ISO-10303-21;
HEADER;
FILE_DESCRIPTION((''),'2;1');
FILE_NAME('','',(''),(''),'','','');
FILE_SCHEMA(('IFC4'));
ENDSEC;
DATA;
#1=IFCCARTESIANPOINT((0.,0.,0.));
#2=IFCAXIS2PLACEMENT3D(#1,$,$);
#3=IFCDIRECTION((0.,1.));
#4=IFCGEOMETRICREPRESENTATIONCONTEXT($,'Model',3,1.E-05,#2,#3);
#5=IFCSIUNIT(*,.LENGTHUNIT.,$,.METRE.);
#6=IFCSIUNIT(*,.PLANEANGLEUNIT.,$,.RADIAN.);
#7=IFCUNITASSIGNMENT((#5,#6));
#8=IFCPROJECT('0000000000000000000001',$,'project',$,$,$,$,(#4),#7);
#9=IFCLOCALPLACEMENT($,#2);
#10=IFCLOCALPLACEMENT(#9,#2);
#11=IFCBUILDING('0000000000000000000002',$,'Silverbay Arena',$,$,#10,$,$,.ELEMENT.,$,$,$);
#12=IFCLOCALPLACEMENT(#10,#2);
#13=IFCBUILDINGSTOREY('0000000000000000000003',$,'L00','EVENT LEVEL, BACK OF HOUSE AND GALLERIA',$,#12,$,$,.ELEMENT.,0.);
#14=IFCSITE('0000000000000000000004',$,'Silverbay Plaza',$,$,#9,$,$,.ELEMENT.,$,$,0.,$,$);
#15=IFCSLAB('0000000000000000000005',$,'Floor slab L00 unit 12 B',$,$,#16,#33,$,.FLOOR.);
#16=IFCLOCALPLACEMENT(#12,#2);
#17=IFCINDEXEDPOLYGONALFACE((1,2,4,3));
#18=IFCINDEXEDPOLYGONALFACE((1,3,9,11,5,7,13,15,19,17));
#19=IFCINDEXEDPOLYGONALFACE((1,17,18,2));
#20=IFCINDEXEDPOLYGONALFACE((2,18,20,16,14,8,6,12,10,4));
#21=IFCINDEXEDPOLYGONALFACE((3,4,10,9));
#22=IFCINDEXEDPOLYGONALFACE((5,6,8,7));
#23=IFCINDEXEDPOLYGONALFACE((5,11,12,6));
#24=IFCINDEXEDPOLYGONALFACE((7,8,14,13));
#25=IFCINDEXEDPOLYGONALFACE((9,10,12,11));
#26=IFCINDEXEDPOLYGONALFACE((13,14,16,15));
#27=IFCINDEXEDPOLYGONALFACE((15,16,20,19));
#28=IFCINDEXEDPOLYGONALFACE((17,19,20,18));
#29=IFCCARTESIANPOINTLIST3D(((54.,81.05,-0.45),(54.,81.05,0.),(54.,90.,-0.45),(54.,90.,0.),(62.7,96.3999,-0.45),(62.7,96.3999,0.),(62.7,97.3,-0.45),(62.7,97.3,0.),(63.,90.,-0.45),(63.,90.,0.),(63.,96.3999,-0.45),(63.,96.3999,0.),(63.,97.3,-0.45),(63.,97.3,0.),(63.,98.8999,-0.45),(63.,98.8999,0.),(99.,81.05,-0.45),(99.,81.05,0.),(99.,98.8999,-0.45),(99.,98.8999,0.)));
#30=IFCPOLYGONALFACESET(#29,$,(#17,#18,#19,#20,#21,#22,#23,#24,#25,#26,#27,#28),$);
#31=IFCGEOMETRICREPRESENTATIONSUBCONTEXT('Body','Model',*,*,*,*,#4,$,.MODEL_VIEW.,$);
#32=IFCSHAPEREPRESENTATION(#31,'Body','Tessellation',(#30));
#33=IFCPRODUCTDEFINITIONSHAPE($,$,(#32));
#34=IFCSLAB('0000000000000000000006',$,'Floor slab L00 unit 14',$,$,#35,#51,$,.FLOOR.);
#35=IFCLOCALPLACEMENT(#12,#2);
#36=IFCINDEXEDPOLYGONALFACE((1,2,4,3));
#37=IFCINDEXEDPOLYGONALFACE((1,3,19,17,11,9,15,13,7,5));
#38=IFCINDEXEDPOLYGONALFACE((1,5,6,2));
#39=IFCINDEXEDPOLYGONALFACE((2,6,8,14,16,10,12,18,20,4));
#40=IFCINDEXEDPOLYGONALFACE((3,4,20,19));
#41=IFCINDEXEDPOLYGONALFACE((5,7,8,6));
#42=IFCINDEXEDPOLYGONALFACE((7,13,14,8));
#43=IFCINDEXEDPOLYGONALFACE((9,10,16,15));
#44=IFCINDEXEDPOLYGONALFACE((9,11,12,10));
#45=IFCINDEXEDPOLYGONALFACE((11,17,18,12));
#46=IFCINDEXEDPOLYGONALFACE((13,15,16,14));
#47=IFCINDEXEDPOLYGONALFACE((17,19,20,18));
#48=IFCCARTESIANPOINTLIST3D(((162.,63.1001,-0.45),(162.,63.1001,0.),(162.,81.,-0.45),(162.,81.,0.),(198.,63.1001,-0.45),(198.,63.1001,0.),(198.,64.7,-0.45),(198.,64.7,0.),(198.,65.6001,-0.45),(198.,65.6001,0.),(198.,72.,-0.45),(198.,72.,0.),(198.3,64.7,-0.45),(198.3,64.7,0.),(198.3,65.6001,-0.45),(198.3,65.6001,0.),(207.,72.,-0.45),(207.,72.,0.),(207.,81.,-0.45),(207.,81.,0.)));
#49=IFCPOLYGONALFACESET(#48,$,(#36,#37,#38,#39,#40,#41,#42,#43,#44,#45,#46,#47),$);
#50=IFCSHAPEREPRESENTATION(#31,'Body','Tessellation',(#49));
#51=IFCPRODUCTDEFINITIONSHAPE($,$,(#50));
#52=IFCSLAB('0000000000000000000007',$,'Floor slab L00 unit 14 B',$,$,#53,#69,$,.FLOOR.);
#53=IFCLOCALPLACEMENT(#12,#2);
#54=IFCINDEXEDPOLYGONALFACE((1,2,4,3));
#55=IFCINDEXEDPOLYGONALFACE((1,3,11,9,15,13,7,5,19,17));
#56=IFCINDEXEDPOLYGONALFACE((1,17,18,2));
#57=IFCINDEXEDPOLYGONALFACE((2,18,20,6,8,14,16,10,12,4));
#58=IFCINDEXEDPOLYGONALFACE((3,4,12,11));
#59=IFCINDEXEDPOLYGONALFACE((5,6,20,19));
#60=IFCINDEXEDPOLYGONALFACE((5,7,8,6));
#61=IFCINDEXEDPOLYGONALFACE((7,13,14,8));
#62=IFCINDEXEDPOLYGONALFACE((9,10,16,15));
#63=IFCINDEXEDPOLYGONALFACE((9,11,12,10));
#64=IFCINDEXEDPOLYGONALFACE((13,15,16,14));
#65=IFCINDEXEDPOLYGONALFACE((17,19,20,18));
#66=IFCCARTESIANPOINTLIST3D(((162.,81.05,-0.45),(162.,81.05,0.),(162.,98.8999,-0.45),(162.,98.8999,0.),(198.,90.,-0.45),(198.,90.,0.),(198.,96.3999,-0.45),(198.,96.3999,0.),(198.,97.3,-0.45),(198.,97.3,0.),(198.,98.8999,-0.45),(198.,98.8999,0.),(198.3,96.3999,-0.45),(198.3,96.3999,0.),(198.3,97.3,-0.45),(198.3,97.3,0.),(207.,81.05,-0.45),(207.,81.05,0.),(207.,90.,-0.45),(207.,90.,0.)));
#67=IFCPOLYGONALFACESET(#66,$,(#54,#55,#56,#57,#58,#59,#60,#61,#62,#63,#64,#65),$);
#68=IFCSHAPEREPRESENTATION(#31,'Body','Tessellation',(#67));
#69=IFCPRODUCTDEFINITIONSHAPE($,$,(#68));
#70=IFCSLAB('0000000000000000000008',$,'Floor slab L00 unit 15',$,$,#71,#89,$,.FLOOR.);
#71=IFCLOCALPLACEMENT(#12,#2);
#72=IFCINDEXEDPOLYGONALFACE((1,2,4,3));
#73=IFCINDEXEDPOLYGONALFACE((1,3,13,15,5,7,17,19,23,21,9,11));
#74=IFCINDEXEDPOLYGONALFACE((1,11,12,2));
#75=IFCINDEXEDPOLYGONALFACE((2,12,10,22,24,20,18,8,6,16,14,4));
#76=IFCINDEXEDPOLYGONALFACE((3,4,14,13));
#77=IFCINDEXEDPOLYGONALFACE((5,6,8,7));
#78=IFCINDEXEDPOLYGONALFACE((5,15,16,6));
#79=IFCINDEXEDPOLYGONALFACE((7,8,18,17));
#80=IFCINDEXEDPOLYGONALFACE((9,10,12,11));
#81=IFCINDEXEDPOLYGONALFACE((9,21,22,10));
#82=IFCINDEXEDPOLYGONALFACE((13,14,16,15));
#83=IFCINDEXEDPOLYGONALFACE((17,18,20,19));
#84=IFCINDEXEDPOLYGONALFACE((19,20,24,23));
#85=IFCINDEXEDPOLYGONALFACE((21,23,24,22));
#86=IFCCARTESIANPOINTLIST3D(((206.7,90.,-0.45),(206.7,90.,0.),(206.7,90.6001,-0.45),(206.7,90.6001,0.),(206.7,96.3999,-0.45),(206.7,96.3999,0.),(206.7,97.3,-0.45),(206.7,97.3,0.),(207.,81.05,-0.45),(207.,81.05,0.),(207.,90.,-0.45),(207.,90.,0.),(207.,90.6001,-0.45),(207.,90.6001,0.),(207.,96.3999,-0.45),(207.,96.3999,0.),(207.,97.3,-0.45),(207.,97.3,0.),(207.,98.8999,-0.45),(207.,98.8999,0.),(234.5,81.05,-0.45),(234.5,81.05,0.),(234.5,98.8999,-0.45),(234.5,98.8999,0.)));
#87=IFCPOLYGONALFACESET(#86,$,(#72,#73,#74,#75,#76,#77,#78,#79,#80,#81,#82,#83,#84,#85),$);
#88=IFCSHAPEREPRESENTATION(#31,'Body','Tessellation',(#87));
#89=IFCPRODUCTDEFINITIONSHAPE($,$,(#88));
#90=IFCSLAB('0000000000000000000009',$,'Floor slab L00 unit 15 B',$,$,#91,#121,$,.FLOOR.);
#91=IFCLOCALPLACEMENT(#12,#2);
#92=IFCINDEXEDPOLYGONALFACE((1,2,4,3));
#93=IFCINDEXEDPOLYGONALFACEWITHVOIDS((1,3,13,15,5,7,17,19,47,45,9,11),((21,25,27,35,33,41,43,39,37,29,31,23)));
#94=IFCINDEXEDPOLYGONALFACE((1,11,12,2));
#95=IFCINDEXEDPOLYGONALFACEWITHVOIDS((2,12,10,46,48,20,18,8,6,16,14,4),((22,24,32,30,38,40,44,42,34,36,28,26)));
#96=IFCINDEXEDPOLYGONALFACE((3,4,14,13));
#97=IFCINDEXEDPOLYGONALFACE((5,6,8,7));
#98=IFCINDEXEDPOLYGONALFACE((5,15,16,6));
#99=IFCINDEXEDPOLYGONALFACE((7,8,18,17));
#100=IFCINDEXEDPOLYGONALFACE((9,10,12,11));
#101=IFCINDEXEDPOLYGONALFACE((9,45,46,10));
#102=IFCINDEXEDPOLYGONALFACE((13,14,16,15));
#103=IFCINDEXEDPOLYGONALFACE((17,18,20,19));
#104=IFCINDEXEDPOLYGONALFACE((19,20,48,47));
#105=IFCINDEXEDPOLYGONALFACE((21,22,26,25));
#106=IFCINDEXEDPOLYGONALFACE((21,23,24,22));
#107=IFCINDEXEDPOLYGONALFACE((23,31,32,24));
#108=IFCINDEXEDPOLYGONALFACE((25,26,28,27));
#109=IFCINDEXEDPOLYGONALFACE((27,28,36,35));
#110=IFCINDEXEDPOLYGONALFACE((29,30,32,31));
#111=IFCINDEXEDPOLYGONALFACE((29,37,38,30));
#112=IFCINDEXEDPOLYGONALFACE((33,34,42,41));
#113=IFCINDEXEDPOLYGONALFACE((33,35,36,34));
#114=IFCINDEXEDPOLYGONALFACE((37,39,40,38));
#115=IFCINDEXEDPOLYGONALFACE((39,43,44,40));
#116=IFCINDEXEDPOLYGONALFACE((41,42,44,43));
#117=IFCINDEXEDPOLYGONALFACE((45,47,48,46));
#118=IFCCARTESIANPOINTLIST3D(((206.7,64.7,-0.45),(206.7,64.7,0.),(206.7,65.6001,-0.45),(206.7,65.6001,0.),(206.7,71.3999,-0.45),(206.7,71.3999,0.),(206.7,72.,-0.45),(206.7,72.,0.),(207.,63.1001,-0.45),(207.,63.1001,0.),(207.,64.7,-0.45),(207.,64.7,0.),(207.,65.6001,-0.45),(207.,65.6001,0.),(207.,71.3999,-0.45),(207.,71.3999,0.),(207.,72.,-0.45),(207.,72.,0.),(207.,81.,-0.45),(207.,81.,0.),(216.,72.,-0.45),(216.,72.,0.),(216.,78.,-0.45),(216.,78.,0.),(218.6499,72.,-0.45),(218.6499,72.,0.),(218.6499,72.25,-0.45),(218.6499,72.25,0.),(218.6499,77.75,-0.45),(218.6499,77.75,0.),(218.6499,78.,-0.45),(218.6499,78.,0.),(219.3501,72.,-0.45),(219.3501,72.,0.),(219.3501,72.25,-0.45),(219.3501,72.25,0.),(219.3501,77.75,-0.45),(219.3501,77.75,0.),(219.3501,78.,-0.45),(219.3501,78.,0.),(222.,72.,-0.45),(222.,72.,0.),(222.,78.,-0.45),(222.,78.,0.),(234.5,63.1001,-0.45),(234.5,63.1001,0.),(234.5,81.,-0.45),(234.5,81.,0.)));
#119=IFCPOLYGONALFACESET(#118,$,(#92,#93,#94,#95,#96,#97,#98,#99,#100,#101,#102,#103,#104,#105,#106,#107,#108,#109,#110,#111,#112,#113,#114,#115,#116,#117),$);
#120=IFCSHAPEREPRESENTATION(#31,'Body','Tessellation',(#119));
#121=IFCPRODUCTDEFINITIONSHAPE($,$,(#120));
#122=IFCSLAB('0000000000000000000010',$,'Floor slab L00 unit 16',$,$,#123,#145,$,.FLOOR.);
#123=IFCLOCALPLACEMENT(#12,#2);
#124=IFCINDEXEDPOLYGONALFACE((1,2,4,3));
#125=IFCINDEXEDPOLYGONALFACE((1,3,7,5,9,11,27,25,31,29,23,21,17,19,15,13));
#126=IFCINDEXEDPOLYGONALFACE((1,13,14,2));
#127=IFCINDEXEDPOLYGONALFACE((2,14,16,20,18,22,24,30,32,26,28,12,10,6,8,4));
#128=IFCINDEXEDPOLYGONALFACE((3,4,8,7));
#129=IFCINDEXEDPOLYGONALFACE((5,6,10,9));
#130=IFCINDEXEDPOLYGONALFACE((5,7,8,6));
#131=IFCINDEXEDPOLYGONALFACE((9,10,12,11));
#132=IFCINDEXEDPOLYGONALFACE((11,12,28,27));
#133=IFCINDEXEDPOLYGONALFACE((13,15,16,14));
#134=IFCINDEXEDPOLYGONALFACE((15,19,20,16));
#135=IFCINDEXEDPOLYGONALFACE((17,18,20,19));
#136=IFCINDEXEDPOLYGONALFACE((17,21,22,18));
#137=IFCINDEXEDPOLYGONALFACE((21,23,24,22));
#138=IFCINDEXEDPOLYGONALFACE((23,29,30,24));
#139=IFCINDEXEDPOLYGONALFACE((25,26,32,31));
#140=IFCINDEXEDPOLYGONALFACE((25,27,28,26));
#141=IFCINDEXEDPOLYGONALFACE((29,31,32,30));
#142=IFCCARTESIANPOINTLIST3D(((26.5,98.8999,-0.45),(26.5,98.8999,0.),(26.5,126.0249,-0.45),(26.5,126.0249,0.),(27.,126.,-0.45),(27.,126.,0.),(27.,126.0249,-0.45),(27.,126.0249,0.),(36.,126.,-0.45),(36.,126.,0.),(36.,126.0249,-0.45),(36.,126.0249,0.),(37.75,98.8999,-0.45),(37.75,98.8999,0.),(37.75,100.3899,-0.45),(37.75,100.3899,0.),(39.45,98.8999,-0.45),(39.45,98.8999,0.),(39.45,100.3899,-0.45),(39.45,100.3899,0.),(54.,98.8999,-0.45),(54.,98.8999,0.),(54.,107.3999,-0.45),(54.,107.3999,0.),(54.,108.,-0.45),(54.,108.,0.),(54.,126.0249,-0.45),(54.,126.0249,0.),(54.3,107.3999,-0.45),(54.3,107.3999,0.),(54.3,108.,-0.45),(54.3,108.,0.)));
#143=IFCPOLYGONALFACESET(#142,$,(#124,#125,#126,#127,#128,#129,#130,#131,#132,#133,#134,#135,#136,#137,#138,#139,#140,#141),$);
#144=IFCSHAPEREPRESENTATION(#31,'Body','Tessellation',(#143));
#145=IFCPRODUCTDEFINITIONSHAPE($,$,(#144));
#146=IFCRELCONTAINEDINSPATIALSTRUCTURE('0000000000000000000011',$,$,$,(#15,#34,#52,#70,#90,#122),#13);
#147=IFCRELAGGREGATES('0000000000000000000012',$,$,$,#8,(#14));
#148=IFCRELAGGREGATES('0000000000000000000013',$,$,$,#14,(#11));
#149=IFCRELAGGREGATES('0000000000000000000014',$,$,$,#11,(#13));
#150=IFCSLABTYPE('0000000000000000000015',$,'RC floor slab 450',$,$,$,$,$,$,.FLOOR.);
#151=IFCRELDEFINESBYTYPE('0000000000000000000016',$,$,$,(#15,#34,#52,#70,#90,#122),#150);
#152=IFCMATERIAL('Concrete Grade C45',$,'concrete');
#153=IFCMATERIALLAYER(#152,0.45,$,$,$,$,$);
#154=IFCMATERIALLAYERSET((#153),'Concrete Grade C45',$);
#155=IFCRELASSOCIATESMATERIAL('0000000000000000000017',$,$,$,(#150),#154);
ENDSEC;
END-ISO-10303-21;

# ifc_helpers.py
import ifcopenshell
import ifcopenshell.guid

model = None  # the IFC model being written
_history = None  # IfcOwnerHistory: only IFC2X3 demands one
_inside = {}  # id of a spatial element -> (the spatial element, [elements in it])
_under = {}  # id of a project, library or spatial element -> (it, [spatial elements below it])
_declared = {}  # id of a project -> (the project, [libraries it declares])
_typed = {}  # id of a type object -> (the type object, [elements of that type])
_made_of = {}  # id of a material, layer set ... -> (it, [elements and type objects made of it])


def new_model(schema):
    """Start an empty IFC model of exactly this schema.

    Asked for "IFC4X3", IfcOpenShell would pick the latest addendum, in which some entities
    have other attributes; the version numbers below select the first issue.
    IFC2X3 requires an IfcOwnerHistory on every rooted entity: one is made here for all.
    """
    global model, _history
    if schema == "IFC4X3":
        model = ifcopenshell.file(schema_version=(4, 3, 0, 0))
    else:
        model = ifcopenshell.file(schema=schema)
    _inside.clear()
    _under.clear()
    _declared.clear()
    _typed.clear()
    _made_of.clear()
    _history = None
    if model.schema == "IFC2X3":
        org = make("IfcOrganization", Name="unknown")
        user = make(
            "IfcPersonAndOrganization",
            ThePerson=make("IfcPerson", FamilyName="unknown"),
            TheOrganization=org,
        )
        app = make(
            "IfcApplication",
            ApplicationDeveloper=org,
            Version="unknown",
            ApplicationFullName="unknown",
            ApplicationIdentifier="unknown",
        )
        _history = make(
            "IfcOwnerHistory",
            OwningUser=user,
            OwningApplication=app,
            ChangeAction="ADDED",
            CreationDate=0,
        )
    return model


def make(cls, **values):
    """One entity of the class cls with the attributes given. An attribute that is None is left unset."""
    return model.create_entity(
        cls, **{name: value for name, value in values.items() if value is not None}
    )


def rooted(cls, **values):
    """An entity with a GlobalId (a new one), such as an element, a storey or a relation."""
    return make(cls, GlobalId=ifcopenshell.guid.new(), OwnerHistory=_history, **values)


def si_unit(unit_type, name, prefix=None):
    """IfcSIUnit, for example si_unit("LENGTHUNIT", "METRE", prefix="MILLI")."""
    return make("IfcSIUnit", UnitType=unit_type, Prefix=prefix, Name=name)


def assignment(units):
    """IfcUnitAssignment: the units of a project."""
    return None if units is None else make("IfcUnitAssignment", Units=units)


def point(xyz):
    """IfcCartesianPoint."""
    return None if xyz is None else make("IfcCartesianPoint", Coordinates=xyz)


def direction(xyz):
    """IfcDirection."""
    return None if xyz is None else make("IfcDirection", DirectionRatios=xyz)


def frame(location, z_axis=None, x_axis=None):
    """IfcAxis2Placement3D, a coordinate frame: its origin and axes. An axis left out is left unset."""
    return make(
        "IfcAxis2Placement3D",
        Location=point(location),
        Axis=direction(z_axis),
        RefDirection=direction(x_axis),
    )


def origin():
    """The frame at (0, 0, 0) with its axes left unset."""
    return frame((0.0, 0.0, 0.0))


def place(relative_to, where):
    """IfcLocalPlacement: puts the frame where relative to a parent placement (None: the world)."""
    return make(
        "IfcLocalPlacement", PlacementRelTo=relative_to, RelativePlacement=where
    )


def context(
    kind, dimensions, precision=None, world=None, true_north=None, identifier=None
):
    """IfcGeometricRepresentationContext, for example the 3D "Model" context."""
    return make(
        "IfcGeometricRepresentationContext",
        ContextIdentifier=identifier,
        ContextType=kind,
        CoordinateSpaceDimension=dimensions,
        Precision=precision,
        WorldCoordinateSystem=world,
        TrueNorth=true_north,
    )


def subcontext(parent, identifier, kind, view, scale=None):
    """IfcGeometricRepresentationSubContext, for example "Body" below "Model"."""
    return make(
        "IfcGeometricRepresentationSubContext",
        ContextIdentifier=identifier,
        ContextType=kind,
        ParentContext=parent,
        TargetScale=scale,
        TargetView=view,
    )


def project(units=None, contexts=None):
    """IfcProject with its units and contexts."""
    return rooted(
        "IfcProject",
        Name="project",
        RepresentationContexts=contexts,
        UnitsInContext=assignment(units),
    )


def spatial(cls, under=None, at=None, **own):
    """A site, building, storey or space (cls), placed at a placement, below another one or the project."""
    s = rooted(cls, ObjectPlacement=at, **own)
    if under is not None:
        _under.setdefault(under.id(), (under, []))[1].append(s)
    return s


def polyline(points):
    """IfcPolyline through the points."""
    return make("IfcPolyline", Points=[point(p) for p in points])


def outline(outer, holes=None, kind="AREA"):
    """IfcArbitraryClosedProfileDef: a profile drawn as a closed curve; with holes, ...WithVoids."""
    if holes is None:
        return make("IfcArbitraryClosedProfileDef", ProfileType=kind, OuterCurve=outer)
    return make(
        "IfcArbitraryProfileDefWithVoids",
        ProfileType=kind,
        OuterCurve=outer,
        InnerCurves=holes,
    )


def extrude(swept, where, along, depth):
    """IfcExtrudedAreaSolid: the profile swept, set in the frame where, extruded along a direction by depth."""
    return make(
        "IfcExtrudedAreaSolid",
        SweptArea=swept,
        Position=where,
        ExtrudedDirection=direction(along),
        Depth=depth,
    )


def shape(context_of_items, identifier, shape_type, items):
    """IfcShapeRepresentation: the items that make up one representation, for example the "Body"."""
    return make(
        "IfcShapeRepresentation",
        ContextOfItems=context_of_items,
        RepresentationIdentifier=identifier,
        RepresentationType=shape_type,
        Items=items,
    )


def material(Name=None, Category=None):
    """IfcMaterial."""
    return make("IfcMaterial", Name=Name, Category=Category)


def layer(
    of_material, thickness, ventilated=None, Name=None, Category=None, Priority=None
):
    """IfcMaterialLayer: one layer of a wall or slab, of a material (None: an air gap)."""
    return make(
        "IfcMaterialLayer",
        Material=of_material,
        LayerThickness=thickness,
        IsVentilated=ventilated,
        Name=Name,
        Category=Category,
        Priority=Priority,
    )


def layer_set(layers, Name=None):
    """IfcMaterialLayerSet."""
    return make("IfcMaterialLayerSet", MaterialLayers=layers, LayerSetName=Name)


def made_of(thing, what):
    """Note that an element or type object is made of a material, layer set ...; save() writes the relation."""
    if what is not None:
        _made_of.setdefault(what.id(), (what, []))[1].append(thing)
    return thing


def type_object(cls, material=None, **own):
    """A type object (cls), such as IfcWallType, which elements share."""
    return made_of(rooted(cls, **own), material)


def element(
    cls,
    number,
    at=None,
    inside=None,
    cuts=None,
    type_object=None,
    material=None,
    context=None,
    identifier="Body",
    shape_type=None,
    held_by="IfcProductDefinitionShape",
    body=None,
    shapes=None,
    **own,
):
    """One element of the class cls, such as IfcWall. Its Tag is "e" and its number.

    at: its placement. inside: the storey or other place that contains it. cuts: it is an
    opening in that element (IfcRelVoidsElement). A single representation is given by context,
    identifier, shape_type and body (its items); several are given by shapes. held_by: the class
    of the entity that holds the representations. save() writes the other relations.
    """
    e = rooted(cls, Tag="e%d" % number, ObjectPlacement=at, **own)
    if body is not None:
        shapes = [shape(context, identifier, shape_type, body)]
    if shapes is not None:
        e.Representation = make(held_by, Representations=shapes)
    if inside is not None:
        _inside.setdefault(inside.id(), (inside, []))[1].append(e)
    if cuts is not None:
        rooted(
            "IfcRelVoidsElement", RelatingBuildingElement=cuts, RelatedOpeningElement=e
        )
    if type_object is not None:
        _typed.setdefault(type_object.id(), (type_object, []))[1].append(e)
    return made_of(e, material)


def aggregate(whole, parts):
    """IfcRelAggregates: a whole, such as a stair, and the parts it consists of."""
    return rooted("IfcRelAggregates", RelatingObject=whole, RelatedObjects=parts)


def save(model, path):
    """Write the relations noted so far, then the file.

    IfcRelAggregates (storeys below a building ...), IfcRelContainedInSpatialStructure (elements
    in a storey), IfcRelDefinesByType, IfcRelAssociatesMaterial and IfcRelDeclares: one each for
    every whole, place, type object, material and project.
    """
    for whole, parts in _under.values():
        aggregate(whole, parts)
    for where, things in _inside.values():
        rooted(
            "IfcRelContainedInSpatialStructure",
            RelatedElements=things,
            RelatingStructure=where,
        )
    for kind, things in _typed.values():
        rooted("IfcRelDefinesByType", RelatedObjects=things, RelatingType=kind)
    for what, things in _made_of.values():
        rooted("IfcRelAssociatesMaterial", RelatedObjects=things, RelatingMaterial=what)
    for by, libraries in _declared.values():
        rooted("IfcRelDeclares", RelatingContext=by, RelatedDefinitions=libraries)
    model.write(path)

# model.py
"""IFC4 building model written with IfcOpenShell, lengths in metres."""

from ifc_helpers import new_model, si_unit, direction, frame, origin, place, context, subcontext, project, spatial, polyline, outline, extrude, material, layer, layer_set, type_object, element, save


model = new_model("IFC4")

# Units and contexts
model_context = context("Model", 3, precision=1e-05, world=origin(), true_north=direction((0.0, 1.0)))
body_context = subcontext(model_context, "Body", "Model", "MODEL_VIEW")
ifc_project = project(units=[si_unit("LENGTHUNIT", "METRE"), si_unit("PLANEANGLEUNIT", "RADIAN")], contexts=[model_context])

# Site, building, storey
site_placement = place(None, origin())
site = spatial("IfcSite", under=ifc_project, at=site_placement, Name="Silverbay Plaza", CompositionType="ELEMENT", RefElevation=0.0)
building_placement = place(site_placement, origin())
building = spatial("IfcBuilding", under=site, at=building_placement, Name="Silverbay Arena", CompositionType="ELEMENT")
storey_placement = place(building_placement, origin())
storey = spatial("IfcBuildingStorey", under=building, at=storey_placement, Name="L00", Description="EVENT LEVEL, BACK OF HOUSE AND GALLERIA", CompositionType="ELEMENT", Elevation=0.0)

# Slabs
ifc_material_1 = material(Name="Concrete Grade C45", Category="concrete")
ifc_layer_1 = layer(ifc_material_1, 0.45)
ifc_layer_set_1 = layer_set([ifc_layer_1], Name="Concrete Grade C45")
slab_type_1 = type_object("IfcSlabType", Name="RC floor slab 450", PredefinedType="FLOOR", material=ifc_layer_set_1)
slab_1_placement = place(storey_placement, frame((0.0, 0.0, -0.45)))
element("IfcSlab", 1, at=slab_1_placement, inside=storey, type_object=slab_type_1, Name="Floor slab L00 unit 12 B", PredefinedType="FLOOR", context=body_context, shape_type="SweptSolid", body=[
    extrude(outline(polyline([(54.0, 90.0), (63.0, 90.0), (63.0, 96.3999), (62.7, 96.3999), (62.7, 97.3), (63.0, 97.3), (63.0, 98.8999), (99.0, 98.8999), (99.0, 81.05), (54.0, 81.05), (54.0, 90.0)])), origin(), (0.0, 0.0, 1.0), 0.45),
])
slab_2_placement = place(storey_placement, frame((0.0, 0.0, -0.45)))
element("IfcSlab", 2, at=slab_2_placement, inside=storey, type_object=slab_type_1, Name="Floor slab L00 unit 14", PredefinedType="FLOOR", context=body_context, shape_type="SweptSolid", body=[
    extrude(outline(polyline([(198.3, 64.7), (198.0, 64.7), (198.0, 63.1001), (162.0, 63.1001), (162.0, 81.0), (207.0, 81.0), (207.0, 72.0), (198.0, 72.0), (198.0, 65.6001), (198.3, 65.6001), (198.3, 64.7)])), origin(), (0.0, 0.0, 1.0), 0.45),
])
slab_3_placement = place(storey_placement, frame((0.0, 0.0, -0.45)))
element("IfcSlab", 3, at=slab_3_placement, inside=storey, type_object=slab_type_1, Name="Floor slab L00 unit 14 B", PredefinedType="FLOOR", context=body_context, shape_type="SweptSolid", body=[
    extrude(outline(polyline([(162.0, 98.8999), (198.0, 98.8999), (198.0, 97.3), (198.3, 97.3), (198.3, 96.3999), (198.0, 96.3999), (198.0, 90.0), (207.0, 90.0), (207.0, 81.05), (162.0, 81.05), (162.0, 98.8999)])), origin(), (0.0, 0.0, 1.0), 0.45),
])
slab_4_placement = place(storey_placement, frame((0.0, 0.0, -0.45)))
element("IfcSlab", 4, at=slab_4_placement, inside=storey, type_object=slab_type_1, Name="Floor slab L00 unit 15", PredefinedType="FLOOR", context=body_context, shape_type="SweptSolid", body=[
    extrude(outline(polyline([(207.0, 90.0), (206.7, 90.0), (206.7, 90.6001), (207.0, 90.6001), (207.0, 96.3999), (206.7, 96.3999), (206.7, 97.3), (207.0, 97.3), (207.0, 98.8999), (234.5, 98.8999), (234.5, 81.05), (207.0, 81.05), (207.0, 90.0)])), origin(), (0.0, 0.0, 1.0), 0.45),
])
slab_5_placement = place(storey_placement, frame((0.0, 0.0, -0.45)))
element("IfcSlab", 5, at=slab_5_placement, inside=storey, type_object=slab_type_1, Name="Floor slab L00 unit 15 B", PredefinedType="FLOOR", context=body_context, shape_type="SweptSolid", body=[
    extrude(outline(polyline([(206.7, 65.6001), (207.0, 65.6001), (207.0, 71.3999), (206.7, 71.3999), (206.7, 72.0), (207.0, 72.0), (207.0, 81.0), (234.5, 81.0), (234.5, 63.1001), (207.0, 63.1001), (207.0, 64.7), (206.7, 64.7), (206.7, 65.6001)]), holes=[polyline([(219.3501, 72.25), (219.3501, 72.0), (222.0, 72.0), (222.0, 78.0), (219.3501, 78.0), (219.3501, 77.75), (218.6499, 77.75), (218.6499, 78.0), (216.0, 78.0), (216.0, 72.0), (218.6499, 72.0), (218.6499, 72.25), (219.3501, 72.25)])]), origin(), (0.0, 0.0, 1.0), 0.45),
])
slab_6_placement = place(storey_placement, frame((0.0, 0.0, -0.45)))
element("IfcSlab", 6, at=slab_6_placement, inside=storey, type_object=slab_type_1, Name="Floor slab L00 unit 16", PredefinedType="FLOOR", context=body_context, shape_type="SweptSolid", body=[
    extrude(outline(polyline([(54.3, 107.3999), (54.0, 107.3999), (54.0, 98.8999), (39.45, 98.8999), (39.45, 100.3899), (37.75, 100.3899), (37.75, 98.8999), (26.5, 98.8999), (26.5, 126.0249), (27.0, 126.0249), (27.0, 126.0), (36.0, 126.0), (36.0, 126.0249), (54.0, 126.0249), (54.0, 108.0), (54.3, 108.0), (54.3, 107.3999)])), origin(), (0.0, 0.0, 1.0), 0.45),
])

save(model, "model.ifc")
